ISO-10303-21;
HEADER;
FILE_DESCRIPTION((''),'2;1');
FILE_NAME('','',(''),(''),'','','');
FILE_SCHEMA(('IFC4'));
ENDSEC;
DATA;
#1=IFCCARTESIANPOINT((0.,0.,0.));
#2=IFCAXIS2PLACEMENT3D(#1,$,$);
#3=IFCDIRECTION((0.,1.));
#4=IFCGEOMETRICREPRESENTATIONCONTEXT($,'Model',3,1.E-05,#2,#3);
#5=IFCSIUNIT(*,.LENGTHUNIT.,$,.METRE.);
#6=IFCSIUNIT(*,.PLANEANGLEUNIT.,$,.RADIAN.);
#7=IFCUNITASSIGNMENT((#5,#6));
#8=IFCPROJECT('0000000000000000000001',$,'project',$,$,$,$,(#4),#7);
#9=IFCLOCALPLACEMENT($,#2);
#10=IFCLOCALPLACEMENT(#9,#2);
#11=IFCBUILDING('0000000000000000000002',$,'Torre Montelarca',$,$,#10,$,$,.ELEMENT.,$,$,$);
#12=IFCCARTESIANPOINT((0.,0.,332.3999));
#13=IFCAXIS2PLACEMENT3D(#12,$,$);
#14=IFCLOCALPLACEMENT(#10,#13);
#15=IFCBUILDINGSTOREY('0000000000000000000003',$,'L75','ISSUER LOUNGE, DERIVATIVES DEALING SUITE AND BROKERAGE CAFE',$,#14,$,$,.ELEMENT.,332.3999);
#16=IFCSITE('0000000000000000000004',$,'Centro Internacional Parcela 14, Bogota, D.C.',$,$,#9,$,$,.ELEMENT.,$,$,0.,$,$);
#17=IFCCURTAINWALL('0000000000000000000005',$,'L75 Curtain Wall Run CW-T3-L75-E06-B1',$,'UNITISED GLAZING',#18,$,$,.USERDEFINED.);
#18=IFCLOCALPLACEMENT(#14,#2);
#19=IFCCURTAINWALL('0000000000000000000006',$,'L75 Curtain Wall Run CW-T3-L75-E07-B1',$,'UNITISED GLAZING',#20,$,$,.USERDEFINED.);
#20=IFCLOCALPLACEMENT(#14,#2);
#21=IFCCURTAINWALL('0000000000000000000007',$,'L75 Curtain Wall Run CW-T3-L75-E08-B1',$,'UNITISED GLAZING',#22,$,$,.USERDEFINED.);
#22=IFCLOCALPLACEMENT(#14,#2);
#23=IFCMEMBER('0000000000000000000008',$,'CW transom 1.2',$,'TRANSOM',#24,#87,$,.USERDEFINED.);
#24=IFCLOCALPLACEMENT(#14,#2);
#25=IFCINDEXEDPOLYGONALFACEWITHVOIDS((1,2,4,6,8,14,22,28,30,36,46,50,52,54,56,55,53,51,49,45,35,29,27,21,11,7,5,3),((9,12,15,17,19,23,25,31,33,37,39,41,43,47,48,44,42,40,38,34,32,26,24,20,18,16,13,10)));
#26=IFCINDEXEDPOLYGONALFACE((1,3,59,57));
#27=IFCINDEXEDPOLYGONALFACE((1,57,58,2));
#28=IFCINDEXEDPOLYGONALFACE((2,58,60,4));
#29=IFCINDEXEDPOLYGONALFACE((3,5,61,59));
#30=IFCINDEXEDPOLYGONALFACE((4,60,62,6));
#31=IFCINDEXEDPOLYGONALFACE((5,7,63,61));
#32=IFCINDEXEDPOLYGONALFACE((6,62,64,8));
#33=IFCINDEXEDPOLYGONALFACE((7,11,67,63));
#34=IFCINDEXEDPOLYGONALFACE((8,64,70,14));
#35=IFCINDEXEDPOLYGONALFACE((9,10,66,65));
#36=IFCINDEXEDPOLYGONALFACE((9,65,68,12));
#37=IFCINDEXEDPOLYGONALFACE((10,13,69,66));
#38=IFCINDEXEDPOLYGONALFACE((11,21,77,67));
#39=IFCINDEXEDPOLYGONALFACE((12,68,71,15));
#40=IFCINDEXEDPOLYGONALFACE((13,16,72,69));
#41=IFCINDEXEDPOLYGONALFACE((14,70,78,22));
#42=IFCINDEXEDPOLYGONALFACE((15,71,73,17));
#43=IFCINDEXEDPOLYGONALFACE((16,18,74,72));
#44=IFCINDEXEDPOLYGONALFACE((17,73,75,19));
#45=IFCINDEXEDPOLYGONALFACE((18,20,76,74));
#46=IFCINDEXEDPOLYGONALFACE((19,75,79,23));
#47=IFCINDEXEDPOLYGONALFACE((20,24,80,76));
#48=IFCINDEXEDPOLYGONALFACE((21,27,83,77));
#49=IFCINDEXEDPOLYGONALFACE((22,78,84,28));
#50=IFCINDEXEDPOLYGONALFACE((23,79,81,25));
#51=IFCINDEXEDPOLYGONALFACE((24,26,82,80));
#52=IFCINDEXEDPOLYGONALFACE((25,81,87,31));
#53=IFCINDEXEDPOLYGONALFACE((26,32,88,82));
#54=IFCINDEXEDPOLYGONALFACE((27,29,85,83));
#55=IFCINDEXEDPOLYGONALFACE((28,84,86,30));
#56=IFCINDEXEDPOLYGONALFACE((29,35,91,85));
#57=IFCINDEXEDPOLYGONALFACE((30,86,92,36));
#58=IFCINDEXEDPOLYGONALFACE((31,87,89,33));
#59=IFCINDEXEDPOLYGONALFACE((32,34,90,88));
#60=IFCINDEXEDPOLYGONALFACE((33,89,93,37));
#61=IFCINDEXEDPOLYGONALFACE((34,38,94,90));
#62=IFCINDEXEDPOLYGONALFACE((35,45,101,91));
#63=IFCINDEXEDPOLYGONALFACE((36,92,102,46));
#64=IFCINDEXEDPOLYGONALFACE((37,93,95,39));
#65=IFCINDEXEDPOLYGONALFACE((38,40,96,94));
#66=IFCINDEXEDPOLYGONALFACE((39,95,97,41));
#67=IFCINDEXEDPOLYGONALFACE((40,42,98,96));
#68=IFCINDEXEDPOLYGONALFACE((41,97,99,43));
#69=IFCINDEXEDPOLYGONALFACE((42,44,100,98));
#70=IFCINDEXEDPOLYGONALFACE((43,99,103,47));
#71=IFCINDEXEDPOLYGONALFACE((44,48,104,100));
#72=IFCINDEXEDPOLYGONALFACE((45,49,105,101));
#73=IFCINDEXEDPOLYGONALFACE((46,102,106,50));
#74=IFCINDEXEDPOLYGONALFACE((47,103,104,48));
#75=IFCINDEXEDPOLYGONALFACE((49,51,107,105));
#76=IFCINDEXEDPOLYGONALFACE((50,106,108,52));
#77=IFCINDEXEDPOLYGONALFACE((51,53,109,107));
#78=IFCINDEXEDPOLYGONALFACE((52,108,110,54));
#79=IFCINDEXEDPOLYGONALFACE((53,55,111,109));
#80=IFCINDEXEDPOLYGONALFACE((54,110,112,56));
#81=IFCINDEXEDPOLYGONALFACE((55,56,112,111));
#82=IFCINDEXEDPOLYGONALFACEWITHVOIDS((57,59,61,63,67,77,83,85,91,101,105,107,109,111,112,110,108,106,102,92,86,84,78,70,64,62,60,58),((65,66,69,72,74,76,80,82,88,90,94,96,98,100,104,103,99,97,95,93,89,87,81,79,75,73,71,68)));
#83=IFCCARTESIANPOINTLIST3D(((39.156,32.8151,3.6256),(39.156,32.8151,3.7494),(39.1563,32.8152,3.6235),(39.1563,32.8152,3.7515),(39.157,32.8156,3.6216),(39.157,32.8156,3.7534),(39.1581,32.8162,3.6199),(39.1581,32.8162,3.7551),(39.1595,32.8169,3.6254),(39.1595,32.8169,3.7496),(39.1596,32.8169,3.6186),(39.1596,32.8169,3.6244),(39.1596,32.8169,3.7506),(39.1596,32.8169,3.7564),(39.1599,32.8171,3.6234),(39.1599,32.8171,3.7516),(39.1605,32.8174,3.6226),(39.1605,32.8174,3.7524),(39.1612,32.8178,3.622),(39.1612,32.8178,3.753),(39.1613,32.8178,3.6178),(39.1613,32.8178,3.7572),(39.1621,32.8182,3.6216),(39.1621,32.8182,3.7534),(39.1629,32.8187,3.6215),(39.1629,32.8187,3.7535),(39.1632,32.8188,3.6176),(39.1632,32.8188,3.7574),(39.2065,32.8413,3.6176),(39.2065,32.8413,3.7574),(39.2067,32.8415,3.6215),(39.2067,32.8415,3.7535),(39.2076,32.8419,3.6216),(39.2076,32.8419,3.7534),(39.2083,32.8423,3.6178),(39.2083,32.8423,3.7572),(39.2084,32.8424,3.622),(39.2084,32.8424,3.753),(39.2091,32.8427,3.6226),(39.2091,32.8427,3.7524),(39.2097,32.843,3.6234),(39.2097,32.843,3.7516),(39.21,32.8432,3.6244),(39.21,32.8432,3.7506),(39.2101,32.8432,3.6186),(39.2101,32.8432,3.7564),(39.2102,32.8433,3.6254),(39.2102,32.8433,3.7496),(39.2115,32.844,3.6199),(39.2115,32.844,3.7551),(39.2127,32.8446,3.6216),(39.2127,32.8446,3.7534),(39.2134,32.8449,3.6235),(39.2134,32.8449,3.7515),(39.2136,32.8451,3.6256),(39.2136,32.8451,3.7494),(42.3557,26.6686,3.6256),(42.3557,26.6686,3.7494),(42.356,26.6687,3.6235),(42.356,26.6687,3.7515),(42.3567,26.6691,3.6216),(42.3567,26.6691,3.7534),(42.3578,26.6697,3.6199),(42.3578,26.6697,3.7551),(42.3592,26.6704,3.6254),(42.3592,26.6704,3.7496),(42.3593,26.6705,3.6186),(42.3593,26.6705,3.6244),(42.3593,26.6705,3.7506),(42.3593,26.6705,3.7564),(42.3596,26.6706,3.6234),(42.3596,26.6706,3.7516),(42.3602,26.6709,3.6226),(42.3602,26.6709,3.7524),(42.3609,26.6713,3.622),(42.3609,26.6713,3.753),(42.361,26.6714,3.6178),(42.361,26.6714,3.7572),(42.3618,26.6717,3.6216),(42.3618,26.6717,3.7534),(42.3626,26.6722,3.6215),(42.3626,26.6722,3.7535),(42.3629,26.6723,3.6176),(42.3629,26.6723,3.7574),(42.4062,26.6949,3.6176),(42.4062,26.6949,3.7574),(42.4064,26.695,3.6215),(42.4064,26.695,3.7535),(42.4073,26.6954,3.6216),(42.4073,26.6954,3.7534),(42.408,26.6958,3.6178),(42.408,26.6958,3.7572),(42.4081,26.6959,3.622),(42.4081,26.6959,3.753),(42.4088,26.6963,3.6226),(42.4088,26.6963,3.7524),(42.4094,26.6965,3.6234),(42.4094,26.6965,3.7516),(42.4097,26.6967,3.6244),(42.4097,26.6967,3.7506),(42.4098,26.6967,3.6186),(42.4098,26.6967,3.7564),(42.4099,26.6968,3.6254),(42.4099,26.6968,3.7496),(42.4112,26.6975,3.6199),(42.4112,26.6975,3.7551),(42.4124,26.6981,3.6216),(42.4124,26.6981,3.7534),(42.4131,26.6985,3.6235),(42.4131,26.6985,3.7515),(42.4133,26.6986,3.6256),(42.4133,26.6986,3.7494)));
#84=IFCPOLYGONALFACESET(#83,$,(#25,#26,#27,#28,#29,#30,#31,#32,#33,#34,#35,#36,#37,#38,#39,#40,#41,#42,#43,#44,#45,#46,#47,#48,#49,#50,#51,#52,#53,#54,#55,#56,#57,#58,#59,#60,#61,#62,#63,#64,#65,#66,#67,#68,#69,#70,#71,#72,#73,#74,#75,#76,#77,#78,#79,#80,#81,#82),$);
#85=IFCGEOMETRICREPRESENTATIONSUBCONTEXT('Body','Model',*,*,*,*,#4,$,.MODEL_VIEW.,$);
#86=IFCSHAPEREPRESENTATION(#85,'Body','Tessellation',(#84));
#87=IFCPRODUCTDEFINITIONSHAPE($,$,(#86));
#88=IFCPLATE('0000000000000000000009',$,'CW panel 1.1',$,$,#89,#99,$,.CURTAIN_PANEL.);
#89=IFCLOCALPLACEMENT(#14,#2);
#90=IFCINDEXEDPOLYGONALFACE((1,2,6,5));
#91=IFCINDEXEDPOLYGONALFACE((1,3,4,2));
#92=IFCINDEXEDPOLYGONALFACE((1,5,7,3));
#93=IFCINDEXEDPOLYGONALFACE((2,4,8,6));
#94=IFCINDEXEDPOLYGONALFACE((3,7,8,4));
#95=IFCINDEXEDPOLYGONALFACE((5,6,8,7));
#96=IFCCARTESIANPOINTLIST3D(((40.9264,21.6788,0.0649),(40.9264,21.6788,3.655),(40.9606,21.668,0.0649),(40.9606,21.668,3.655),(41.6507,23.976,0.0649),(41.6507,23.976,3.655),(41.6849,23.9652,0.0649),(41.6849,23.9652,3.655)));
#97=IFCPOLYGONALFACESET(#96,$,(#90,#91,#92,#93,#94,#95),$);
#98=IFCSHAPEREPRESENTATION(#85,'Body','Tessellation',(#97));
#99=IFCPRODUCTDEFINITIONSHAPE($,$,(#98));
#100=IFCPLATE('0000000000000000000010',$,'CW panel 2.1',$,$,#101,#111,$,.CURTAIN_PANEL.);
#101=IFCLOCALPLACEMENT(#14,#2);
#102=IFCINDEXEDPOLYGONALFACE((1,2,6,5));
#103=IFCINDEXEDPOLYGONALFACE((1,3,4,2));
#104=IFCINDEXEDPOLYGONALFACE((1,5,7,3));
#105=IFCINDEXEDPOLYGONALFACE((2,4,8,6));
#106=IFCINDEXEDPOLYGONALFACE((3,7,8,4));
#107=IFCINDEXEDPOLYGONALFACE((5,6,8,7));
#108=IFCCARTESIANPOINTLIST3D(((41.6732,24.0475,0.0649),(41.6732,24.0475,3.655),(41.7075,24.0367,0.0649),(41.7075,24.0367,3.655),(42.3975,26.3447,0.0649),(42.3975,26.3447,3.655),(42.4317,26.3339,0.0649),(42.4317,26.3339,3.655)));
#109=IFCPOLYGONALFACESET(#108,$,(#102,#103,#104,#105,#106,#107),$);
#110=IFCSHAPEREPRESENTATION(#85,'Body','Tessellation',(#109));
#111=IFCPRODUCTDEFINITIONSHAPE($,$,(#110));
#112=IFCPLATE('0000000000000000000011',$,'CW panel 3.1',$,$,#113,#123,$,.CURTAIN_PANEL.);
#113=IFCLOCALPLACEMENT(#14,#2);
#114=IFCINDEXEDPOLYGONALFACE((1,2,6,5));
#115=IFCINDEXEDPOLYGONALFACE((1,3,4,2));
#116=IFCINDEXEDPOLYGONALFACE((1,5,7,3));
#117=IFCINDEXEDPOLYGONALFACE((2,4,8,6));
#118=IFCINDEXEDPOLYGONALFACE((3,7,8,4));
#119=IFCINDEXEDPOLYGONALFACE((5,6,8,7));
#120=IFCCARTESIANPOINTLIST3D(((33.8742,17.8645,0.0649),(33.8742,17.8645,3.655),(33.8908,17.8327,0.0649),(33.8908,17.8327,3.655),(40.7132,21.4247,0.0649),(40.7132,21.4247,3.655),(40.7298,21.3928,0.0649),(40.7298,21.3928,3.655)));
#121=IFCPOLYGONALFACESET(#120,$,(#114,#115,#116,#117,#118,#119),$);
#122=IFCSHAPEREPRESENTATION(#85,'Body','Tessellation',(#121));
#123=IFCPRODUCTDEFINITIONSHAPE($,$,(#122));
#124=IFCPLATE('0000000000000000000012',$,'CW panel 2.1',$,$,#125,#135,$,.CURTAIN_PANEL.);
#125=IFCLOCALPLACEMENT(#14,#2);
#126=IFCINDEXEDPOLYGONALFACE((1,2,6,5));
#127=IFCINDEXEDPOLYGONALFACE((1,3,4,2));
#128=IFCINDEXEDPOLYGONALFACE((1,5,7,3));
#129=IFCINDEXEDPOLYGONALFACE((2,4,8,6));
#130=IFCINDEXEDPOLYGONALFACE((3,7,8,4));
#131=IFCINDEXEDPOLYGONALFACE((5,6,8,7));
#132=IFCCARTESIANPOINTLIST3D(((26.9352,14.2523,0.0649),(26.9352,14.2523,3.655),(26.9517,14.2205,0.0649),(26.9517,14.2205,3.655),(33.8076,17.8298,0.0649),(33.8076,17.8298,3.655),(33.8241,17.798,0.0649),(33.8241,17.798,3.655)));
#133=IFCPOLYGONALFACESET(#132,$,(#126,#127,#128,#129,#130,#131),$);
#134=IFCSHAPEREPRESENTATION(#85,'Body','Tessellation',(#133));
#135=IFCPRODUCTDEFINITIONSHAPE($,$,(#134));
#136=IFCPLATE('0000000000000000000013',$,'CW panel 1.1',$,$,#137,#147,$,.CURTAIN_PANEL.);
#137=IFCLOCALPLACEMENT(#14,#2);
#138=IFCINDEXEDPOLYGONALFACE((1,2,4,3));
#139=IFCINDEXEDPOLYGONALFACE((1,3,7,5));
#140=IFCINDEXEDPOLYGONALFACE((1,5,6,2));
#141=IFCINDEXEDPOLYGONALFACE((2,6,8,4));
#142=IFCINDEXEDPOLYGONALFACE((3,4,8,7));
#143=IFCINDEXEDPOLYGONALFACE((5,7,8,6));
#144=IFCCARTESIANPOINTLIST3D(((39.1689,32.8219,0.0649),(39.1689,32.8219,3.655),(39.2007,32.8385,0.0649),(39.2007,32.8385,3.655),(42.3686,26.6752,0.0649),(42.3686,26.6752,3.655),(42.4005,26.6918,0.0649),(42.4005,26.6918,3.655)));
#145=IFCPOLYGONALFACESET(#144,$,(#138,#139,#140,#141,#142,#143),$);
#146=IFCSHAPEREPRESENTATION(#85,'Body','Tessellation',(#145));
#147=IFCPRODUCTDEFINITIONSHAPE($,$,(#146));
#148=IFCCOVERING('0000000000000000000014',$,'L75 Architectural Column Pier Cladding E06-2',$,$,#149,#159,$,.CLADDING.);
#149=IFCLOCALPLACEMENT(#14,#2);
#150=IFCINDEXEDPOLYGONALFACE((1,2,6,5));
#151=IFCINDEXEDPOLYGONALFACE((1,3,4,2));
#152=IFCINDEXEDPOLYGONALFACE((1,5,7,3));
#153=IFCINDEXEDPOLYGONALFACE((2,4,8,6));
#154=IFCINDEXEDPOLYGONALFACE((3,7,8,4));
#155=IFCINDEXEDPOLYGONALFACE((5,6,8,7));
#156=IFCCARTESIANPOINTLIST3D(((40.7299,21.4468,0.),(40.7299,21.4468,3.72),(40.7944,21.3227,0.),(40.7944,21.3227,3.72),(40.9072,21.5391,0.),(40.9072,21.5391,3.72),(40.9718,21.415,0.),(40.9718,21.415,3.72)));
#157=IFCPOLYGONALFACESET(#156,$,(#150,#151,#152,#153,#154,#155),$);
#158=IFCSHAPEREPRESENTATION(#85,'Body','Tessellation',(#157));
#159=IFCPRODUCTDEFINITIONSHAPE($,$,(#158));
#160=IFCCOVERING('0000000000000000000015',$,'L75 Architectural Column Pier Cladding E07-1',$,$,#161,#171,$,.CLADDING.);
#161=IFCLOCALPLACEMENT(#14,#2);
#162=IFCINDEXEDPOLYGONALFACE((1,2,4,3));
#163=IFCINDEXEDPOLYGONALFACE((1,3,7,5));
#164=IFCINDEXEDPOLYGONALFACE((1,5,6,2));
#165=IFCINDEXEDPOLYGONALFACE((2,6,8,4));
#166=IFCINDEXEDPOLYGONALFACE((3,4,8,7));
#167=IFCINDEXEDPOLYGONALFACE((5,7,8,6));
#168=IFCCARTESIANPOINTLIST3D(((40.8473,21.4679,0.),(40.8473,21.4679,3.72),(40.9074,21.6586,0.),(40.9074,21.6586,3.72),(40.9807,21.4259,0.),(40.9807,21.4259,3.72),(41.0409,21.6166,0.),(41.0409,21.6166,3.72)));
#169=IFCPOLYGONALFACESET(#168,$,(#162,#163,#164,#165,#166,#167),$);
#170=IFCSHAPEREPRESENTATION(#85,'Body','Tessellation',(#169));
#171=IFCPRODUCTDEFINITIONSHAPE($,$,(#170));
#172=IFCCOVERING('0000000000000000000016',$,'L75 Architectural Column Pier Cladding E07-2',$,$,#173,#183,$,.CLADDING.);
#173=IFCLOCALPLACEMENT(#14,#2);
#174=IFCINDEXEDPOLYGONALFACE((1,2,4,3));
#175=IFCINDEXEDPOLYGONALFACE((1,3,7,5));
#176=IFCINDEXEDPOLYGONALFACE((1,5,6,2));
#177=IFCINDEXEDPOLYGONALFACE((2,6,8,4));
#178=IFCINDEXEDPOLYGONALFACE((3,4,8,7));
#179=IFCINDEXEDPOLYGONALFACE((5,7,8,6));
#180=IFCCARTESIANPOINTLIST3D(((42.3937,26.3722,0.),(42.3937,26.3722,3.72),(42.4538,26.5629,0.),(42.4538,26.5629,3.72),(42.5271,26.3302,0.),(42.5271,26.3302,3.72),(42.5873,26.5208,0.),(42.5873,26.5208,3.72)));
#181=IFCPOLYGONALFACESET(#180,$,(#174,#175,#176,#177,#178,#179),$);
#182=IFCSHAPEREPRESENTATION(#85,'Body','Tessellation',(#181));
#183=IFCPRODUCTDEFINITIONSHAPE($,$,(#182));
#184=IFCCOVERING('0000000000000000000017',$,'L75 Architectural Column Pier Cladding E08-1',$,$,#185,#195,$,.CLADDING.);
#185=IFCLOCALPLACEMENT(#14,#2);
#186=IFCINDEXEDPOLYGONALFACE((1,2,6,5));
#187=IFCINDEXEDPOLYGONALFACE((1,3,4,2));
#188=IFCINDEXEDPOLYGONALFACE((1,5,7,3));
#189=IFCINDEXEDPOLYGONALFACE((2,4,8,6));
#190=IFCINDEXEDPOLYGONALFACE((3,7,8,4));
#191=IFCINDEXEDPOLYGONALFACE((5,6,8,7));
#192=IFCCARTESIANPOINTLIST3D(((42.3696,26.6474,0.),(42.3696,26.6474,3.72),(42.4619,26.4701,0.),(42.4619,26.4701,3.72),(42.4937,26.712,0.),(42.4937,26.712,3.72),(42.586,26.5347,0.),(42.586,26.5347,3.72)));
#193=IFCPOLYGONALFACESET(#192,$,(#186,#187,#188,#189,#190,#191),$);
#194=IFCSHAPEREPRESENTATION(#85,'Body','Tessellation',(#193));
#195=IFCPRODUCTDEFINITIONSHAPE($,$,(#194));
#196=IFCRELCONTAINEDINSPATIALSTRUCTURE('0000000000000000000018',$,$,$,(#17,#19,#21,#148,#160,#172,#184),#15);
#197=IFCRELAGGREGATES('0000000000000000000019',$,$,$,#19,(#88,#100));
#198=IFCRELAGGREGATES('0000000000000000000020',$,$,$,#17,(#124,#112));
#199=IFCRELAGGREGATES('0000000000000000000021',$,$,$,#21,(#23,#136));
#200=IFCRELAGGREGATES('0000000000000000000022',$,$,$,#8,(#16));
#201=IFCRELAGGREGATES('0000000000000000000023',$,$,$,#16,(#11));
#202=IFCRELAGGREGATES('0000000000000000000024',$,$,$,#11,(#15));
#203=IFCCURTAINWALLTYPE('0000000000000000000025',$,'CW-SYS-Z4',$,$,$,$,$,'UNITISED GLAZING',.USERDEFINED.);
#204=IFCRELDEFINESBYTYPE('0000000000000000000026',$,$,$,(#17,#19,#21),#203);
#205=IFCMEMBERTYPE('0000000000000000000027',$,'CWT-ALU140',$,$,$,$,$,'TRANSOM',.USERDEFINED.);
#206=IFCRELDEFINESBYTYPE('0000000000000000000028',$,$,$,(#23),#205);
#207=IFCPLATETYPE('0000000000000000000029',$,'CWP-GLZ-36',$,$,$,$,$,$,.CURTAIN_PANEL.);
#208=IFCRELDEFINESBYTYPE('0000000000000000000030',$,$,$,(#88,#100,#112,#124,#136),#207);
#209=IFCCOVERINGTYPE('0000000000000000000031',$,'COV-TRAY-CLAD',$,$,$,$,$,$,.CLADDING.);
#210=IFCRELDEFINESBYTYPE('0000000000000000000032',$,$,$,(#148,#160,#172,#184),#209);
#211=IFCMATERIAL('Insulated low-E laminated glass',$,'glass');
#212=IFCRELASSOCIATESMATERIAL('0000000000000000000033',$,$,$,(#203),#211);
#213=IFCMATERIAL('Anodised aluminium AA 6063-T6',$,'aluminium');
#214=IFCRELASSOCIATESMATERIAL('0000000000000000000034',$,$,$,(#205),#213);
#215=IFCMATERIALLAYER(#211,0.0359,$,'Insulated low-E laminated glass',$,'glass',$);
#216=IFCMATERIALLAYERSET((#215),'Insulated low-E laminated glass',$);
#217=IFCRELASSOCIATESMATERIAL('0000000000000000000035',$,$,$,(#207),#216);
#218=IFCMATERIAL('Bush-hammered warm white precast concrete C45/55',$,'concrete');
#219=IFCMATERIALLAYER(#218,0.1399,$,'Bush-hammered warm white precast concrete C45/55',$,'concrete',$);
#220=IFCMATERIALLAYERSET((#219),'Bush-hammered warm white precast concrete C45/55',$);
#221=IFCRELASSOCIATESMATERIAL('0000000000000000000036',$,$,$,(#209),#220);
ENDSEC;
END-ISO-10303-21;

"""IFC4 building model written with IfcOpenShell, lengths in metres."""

from ifc_helpers import new_model, si_unit, direction, frame, origin, origin_2d, place, context, subcontext, project, spatial, rectangle, hollow_rectangle, extrude, source, transform, mapped, material, layer, layer_set, material_profile, profile_set, type_object, element, aggregate, save


model = new_model("IFC4")

# Units and contexts
model_context = context("Model", 3, precision=1e-05, world=origin(), true_north=direction((0.0, 1.0)))
body_context = subcontext(model_context, "Body", "Model", "MODEL_VIEW")
ifc_project = project(units=[si_unit("LENGTHUNIT", "METRE"), si_unit("PLANEANGLEUNIT", "RADIAN")], contexts=[model_context])

# Site, building, storey
site_placement = place(None, origin())
site = spatial("IfcSite", under=ifc_project, at=site_placement, Name="Centro Internacional Parcela 14, Bogota, D.C.", CompositionType="ELEMENT", RefElevation=0.0)
building_placement = place(site_placement, origin())
building = spatial("IfcBuilding", under=site, at=building_placement, Name="Torre Montelarca", CompositionType="ELEMENT")
storey_placement = place(building_placement, frame((0.0, 0.0, 332.3999)))
storey = spatial("IfcBuildingStorey", under=building, at=storey_placement, Name="L75", Description="ISSUER LOUNGE, DERIVATIVES DEALING SUITE AND BROKERAGE CAFE", CompositionType="ELEMENT", Elevation=332.3999)

# Curtain walls
ifc_material_1 = material(Name="Insulated low-E laminated glass", Category="glass")
curtain_wall_type = type_object("IfcCurtainWallType", Name="CW-SYS-Z4", ElementType="UNITISED GLAZING", PredefinedType="USERDEFINED", material=ifc_material_1)
curtain_wall_1_placement = place(storey_placement, origin())
curtain_wall_1 = element("IfcCurtainWall", 1, at=curtain_wall_1_placement, inside=storey, type_object=curtain_wall_type, Name="L75 Curtain Wall Run CW-T3-L75-E06-B1", ObjectType="UNITISED GLAZING", PredefinedType="USERDEFINED")
ifc_material_2 = material(Name="Anodised aluminium AA 6063-T6", Category="aluminium")
curtain_wall_2_placement = place(storey_placement, origin())
curtain_wall_2 = element("IfcCurtainWall", 2, at=curtain_wall_2_placement, inside=storey, type_object=curtain_wall_type, Name="L75 Curtain Wall Run CW-T3-L75-E07-B1", ObjectType="UNITISED GLAZING", PredefinedType="USERDEFINED")

# Curtain wall
curtain_wall_3_placement = place(storey_placement, origin())
curtain_wall_3 = element("IfcCurtainWall", 3, at=curtain_wall_3_placement, inside=storey, type_object=curtain_wall_type, Name="L75 Curtain Wall Run CW-T3-L75-E08-B1", ObjectType="UNITISED GLAZING", PredefinedType="USERDEFINED")

# Member
ifc_material_profile_1 = material_profile(ifc_material_2, hollow_rectangle(XDim=0.0649, YDim=0.1399, WallThickness=0.0039, InnerFilletRadius=0.0039, OuterFilletRadius=0.0081, at=origin_2d()), Name="ALU65X140X4", Category="aluminium")
ifc_profile_set_1 = profile_set([ifc_material_profile_1], Name="Anodised aluminium AA 6063-T6")
member_type_1 = type_object("IfcMemberType", Name="CWT-ALU140", ElementType="TRANSOM", PredefinedType="USERDEFINED", material=ifc_profile_set_1)
shared_shape_1 = source(origin(), body_context, "Body", "SweptSolid", [
    extrude(hollow_rectangle(XDim=0.0649, YDim=0.1399, WallThickness=0.0039, InnerFilletRadius=0.0039, OuterFilletRadius=0.0081, at=origin_2d()), origin(), (0.0, 0.0, 1.0), 6.9294),
])
member_1_placement = place(storey_placement, frame((42.3845, 26.6836, 3.6875), z_axis=(-0.461754, 0.887008, 0.0), x_axis=(-0.887008, -0.461754, 0.0)))
member_1 = element("IfcMember", 4, at=member_1_placement, type_object=member_type_1, Name="CW transom 1.2", ObjectType="TRANSOM", PredefinedType="USERDEFINED", context=body_context, shape_type="MappedRepresentation", body=[
    mapped(shared_shape_1, transform((0.0, 0.0, 0.0), scale=1.0)),
])

# Plates
ifc_layer_1 = layer(ifc_material_1, 0.0359, Name="Insulated low-E laminated glass", Category="glass")
ifc_layer_set_1 = layer_set([ifc_layer_1], Name="Insulated low-E laminated glass")
plate_type = type_object("IfcPlateType", Name="CWP-GLZ-36", PredefinedType="CURTAIN_PANEL", material=ifc_layer_set_1)
shared_shape_2 = source(origin(), body_context, "Body", "SweptSolid", [
    extrude(rectangle(XDim=2.4087, YDim=0.0359, at=origin_2d()), origin(), (0.0, 0.0, 1.0), 3.5901),
])
plate_1_placement = place(storey_placement, frame((41.3057, 22.822, 0.0649), z_axis=(0.0, 0.0, 1.0), x_axis=(0.300693, 0.953721, 0.0)))
plate_1 = element("IfcPlate", 5, at=plate_1_placement, type_object=plate_type, Name="CW panel 1.1", PredefinedType="CURTAIN_PANEL", context=body_context, shape_type="MappedRepresentation", body=[
    mapped(shared_shape_2, transform((0.0, 0.0, 0.0), scale=1.0)),
])
plate_2_placement = place(storey_placement, frame((42.0525, 25.1907, 0.0649), z_axis=(0.0, 0.0, 1.0), x_axis=(0.300693, 0.953721, 0.0)))
plate_2 = element("IfcPlate", 6, at=plate_2_placement, type_object=plate_type, Name="CW panel 2.1", PredefinedType="CURTAIN_PANEL", context=body_context, shape_type="MappedRepresentation", body=[
    mapped(shared_shape_2, transform((0.0, 0.0, 0.0), scale=1.0)),
])
aggregate(curtain_wall_2, [plate_1, plate_2])
shared_shape_3 = source(origin(), body_context, "Body", "SweptSolid", [
    extrude(rectangle(XDim=7.7102, YDim=0.0359, at=origin_2d()), origin(), (0.0, 0.0, 1.0), 3.5901),
])
plate_3_placement = place(storey_placement, frame((37.302, 19.6287, 0.0649), z_axis=(0.0, 0.0, 1.0), x_axis=(0.887012, 0.461746, 0.0)))
plate_3 = element("IfcPlate", 7, at=plate_3_placement, type_object=plate_type, Name="CW panel 3.1", PredefinedType="CURTAIN_PANEL", context=body_context, shape_type="MappedRepresentation", body=[
    mapped(shared_shape_3, transform((0.0, 0.0, 0.0), scale=1.0)),
])
shared_shape_4 = source(origin(), body_context, "Body", "SweptSolid", [
    extrude(rectangle(XDim=7.7478, YDim=0.0359, at=origin_2d()), origin(), (0.0, 0.0, 1.0), 3.5901),
])
plate_4_placement = place(storey_placement, frame((30.3796, 16.0251, 0.0649), z_axis=(0.0, 0.0, 1.0), x_axis=(0.887012, 0.461746, 0.0)))
plate_4 = element("IfcPlate", 8, at=plate_4_placement, type_object=plate_type, Name="CW panel 2.1", PredefinedType="CURTAIN_PANEL", context=body_context, shape_type="MappedRepresentation", body=[
    mapped(shared_shape_4, transform((0.0, 0.0, 0.0), scale=1.0)),
])
aggregate(curtain_wall_1, [plate_4, plate_3])
shared_shape_5 = source(origin(), body_context, "Body", "SweptSolid", [
    extrude(rectangle(XDim=6.9297, YDim=0.0359, at=origin_2d()), origin(), (0.0, 0.0, 1.0), 3.5901),
])
plate_5_placement = place(storey_placement, frame((40.7847, 29.7568, 0.0649), z_axis=(0.0, 0.0, 1.0), x_axis=(-0.461745, 0.887013, 0.0)))
plate_5 = element("IfcPlate", 9, at=plate_5_placement, type_object=plate_type, Name="CW panel 1.1", PredefinedType="CURTAIN_PANEL", context=body_context, shape_type="MappedRepresentation", body=[
    mapped(shared_shape_5, transform((0.0, 0.0, 0.0), scale=1.0)),
])
aggregate(curtain_wall_3, [member_1, plate_5])

# Coverings
ifc_material_3 = material(Name="Bush-hammered warm white precast concrete C45/55", Category="concrete")
ifc_layer_2 = layer(ifc_material_3, 0.1399, Name="Bush-hammered warm white precast concrete C45/55", Category="concrete")
ifc_layer_set_2 = layer_set([ifc_layer_2], Name="Bush-hammered warm white precast concrete C45/55")
covering_type = type_object("IfcCoveringType", Name="COV-TRAY-CLAD", PredefinedType="CLADDING", material=ifc_layer_set_2)
shared_shape_6 = source(origin(), body_context, "Body", "SweptSolid", [
    extrude(rectangle(XDim=0.2, YDim=0.1399, at=origin_2d()), origin(), (0.0, 0.0, 1.0), 3.72),
])
for number, where, z_axis, x_axis, name in (
    (10, (40.8508, 21.4309, 0.0), (0.0, 0.0, 1.0), (0.887012, 0.461747, 0.0), "L75 Architectural Column Pier Cladding E06-2"),
    (11, (40.9441, 21.5422, 0.0), (0.0, 0.0, 1.0), (0.300701, 0.953719, 0.0), "L75 Architectural Column Pier Cladding E07-1"),
    (12, (42.4905, 26.4465, 0.0), (0.0, 0.0, 1.0), (0.300701, 0.953719, 0.0), "L75 Architectural Column Pier Cladding E07-2"),
    (13, (42.4778, 26.5911, 0.0), (0.0, 0.0, 1.0), (-0.461747, 0.887012, 0.0), "L75 Architectural Column Pier Cladding E08-1"),
):
    element("IfcCovering", number, at=place(storey_placement, frame(where, z_axis=z_axis, x_axis=x_axis)), inside=storey, type_object=covering_type, Name=name, PredefinedType="CLADDING", context=body_context, shape_type="MappedRepresentation", body=[
        mapped(shared_shape_6, transform((0.0, 0.0, 0.0), scale=1.0)),
    ])

save(model, "model.ifc")
